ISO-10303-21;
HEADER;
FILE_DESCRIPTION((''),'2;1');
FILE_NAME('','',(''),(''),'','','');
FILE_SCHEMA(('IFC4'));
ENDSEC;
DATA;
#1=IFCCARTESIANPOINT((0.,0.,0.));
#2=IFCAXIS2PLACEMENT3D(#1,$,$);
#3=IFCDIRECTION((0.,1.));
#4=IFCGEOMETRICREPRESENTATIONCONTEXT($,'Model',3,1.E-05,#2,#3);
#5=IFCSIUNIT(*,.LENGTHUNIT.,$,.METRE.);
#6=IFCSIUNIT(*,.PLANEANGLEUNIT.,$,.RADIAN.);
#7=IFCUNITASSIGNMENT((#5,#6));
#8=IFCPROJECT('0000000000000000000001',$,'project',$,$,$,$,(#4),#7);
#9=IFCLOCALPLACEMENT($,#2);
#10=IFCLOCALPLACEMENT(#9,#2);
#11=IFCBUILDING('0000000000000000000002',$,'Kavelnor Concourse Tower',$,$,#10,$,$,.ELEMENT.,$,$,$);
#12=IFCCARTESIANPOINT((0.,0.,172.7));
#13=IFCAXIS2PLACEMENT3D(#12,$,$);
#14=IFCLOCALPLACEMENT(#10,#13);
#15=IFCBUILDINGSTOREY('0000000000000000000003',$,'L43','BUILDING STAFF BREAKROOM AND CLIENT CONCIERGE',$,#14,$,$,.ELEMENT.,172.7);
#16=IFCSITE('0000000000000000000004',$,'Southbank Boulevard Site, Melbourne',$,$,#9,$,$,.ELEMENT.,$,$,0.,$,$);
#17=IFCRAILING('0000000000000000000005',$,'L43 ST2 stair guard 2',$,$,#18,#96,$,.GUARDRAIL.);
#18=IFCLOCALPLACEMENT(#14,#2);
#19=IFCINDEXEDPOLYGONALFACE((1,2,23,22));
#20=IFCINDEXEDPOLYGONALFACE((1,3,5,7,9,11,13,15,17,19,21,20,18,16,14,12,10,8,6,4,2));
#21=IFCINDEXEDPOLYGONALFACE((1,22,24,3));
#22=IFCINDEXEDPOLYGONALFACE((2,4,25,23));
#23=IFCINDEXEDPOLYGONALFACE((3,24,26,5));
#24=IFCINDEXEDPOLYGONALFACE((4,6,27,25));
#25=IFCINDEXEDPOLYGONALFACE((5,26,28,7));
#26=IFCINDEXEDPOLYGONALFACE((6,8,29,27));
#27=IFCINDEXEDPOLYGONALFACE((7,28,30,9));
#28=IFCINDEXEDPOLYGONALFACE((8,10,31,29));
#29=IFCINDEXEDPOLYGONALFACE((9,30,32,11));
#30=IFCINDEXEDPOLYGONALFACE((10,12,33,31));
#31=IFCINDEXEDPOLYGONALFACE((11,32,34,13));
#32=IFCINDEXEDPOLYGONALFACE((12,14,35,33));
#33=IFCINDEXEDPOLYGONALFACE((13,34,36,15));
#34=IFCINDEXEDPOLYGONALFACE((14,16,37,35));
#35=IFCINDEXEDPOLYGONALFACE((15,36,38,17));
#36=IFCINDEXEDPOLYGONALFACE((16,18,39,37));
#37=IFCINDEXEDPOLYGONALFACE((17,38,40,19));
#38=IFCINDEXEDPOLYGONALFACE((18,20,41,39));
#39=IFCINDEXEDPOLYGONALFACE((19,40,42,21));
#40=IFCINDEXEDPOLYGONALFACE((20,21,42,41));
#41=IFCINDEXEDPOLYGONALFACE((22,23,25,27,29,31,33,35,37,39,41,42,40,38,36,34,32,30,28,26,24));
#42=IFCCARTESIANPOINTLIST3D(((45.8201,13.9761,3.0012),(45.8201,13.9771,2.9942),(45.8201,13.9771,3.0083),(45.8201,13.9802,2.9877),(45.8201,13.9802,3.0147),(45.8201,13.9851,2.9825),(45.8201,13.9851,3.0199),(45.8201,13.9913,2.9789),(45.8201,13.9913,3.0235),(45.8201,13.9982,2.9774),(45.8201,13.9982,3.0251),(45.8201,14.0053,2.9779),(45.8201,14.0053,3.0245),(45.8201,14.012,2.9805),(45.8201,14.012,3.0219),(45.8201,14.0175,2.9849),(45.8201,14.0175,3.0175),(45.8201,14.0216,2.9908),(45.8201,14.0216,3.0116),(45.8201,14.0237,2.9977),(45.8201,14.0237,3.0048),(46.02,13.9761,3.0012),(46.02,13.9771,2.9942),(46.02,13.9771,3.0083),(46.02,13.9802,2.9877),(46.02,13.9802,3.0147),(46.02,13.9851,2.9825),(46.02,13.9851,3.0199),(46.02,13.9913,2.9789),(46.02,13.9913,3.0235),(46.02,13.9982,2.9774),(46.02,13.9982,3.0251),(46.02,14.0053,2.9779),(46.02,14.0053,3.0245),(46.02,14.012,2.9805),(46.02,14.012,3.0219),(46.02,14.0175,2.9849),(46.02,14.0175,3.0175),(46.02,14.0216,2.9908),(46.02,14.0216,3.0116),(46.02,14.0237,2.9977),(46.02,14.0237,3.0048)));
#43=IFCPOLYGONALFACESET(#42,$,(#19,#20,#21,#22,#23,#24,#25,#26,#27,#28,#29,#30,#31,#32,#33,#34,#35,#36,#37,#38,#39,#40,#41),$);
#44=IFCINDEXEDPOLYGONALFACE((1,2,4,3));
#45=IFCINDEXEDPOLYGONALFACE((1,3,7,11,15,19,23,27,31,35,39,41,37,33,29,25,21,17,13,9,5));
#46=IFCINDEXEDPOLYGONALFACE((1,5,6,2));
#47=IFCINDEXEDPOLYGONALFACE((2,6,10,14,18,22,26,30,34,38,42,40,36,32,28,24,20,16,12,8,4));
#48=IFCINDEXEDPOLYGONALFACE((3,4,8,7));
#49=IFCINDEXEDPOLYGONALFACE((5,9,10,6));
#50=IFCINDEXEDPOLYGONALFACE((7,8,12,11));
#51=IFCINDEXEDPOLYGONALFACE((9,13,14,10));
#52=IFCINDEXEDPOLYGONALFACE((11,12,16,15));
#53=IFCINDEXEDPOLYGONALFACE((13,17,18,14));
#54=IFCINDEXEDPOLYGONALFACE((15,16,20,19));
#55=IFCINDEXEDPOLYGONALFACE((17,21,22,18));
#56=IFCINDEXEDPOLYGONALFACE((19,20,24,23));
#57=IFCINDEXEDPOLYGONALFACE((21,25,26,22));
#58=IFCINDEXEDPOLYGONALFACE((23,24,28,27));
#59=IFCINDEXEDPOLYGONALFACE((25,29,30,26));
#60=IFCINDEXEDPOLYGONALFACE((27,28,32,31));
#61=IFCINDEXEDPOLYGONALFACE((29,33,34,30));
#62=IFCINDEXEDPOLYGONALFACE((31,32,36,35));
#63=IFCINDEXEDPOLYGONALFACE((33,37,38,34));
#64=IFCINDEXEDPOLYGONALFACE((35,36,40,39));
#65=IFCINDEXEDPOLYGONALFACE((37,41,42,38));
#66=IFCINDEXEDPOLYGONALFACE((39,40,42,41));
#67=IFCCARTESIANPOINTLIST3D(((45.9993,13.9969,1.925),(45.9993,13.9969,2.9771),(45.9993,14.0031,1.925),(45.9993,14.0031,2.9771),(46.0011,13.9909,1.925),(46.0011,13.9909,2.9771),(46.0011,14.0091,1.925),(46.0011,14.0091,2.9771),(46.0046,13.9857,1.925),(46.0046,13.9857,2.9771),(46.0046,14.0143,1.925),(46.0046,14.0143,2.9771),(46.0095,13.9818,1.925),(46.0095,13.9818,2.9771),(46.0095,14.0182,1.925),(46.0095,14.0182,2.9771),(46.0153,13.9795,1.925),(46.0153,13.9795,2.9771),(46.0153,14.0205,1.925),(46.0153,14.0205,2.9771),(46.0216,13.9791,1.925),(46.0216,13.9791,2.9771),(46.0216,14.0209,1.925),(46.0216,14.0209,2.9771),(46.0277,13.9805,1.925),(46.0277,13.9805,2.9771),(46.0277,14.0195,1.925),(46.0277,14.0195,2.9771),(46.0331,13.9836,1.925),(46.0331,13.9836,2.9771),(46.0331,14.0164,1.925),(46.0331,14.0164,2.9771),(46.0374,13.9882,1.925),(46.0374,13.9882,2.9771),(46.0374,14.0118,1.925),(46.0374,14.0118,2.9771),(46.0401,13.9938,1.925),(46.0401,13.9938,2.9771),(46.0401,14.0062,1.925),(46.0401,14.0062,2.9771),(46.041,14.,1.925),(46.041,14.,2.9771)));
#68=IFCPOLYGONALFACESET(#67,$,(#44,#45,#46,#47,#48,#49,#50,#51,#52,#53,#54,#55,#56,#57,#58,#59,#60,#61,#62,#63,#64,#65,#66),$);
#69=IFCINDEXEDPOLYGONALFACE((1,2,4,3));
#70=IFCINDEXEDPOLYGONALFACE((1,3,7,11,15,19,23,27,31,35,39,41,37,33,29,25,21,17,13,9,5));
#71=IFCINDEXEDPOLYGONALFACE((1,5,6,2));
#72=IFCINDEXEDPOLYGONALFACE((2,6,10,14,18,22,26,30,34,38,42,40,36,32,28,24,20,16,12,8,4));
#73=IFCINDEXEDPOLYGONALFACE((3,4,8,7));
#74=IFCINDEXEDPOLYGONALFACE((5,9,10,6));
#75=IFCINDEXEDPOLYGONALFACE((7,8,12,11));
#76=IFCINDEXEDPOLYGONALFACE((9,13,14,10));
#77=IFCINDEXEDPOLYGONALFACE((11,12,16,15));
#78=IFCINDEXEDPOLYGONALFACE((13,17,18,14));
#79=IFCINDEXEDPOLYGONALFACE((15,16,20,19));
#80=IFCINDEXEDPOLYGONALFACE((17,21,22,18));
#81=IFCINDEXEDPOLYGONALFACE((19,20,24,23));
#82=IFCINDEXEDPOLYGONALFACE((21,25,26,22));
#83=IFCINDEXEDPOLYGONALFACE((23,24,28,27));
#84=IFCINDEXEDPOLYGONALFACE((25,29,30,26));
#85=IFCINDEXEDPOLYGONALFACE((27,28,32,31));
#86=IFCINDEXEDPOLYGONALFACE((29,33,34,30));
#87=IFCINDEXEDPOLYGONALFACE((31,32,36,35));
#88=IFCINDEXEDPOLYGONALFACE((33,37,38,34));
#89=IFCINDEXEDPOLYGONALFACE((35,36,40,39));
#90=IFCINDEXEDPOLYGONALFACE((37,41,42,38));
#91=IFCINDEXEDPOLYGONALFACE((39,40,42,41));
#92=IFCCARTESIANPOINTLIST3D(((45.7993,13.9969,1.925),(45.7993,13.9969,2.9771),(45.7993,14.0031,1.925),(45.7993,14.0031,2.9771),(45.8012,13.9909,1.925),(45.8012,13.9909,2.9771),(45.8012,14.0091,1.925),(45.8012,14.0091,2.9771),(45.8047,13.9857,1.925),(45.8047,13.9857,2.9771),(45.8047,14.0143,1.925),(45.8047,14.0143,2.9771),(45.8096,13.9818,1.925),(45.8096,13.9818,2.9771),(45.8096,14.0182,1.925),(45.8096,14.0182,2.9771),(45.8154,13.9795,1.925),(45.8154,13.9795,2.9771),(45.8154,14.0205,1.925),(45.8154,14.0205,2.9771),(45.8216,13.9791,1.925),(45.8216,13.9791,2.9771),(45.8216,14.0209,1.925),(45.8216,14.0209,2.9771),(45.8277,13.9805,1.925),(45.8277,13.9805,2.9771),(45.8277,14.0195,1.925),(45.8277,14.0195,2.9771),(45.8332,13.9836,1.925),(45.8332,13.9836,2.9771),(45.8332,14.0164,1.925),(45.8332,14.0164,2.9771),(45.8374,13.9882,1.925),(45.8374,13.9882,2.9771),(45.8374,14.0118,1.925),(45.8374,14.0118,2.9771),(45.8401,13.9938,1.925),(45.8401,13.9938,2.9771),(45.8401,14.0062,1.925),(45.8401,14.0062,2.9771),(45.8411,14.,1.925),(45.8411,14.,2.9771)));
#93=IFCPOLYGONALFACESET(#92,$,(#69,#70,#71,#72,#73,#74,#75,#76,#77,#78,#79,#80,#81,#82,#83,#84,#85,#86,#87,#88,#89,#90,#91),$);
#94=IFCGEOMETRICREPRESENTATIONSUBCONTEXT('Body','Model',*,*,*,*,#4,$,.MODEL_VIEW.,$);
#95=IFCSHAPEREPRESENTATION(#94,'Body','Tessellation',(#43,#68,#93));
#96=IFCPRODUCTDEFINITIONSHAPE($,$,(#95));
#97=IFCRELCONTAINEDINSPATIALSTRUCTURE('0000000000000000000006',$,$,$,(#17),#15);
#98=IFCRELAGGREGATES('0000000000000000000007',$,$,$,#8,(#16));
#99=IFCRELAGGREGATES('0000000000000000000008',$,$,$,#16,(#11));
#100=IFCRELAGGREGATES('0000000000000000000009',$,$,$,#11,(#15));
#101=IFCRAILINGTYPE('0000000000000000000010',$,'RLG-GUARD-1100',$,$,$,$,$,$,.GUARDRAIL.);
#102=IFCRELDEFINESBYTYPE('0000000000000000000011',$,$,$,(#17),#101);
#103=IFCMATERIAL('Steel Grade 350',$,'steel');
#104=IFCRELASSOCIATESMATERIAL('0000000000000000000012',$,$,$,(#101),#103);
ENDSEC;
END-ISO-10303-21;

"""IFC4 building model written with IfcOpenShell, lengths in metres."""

from ifc_helpers import new_model, si_unit, direction, frame, origin, origin_2d, place, context, subcontext, project, spatial, circle, extrude, material, type_object, element, save


model = new_model("IFC4")

# Units and contexts
model_context = context("Model", 3, precision=1e-05, world=origin(), true_north=direction((0.0, 1.0)))
body_context = subcontext(model_context, "Body", "Model", "MODEL_VIEW")
ifc_project = project(units=[si_unit("LENGTHUNIT", "METRE"), si_unit("PLANEANGLEUNIT", "RADIAN")], contexts=[model_context])

# Site, building, storey
site_placement = place(None, origin())
site = spatial("IfcSite", under=ifc_project, at=site_placement, Name="Southbank Boulevard Site, Melbourne", CompositionType="ELEMENT", RefElevation=0.0)
building_placement = place(site_placement, origin())
building = spatial("IfcBuilding", under=site, at=building_placement, Name="Kavelnor Concourse Tower", CompositionType="ELEMENT")
storey_placement = place(building_placement, frame((0.0, 0.0, 172.7)))
storey = spatial("IfcBuildingStorey", under=building, at=storey_placement, Name="L43", Description="BUILDING STAFF BREAKROOM AND CLIENT CONCIERGE", CompositionType="ELEMENT", Elevation=172.7)

# Shared definitions
ifc_material_1 = material(Name="Steel Grade 350", Category="steel")

# Railing
railing_type_1 = type_object("IfcRailingType", Name="RLG-GUARD-1100", PredefinedType="GUARDRAIL", material=ifc_material_1)
railing_1_placement = place(storey_placement, frame((46.02, 14.0, 1.925)))
element("IfcRailing", 1, at=railing_1_placement, inside=storey, type_object=railing_type_1, Name="L43 ST2 stair guard 2", PredefinedType="GUARDRAIL", context=body_context, shape_type="SweptSolid", body=[
    extrude(circle(Radius=0.0239, at=origin_2d()), frame((0.0, 0.0, 1.0762), z_axis=(-1.0, 0.0, 0.0), x_axis=(0.0, -1.0, 0.0)), (0.0, 0.0, 1.0), 0.2),
    extrude(circle(Radius=0.021, at=origin_2d()), origin(), (0.0, 0.0, 1.0), 1.052),
    extrude(circle(Radius=0.021, at=origin_2d()), frame((-0.2, 0.0, 0.0)), (0.0, 0.0, 1.0), 1.052),
])

save(model, "model.ifc")
